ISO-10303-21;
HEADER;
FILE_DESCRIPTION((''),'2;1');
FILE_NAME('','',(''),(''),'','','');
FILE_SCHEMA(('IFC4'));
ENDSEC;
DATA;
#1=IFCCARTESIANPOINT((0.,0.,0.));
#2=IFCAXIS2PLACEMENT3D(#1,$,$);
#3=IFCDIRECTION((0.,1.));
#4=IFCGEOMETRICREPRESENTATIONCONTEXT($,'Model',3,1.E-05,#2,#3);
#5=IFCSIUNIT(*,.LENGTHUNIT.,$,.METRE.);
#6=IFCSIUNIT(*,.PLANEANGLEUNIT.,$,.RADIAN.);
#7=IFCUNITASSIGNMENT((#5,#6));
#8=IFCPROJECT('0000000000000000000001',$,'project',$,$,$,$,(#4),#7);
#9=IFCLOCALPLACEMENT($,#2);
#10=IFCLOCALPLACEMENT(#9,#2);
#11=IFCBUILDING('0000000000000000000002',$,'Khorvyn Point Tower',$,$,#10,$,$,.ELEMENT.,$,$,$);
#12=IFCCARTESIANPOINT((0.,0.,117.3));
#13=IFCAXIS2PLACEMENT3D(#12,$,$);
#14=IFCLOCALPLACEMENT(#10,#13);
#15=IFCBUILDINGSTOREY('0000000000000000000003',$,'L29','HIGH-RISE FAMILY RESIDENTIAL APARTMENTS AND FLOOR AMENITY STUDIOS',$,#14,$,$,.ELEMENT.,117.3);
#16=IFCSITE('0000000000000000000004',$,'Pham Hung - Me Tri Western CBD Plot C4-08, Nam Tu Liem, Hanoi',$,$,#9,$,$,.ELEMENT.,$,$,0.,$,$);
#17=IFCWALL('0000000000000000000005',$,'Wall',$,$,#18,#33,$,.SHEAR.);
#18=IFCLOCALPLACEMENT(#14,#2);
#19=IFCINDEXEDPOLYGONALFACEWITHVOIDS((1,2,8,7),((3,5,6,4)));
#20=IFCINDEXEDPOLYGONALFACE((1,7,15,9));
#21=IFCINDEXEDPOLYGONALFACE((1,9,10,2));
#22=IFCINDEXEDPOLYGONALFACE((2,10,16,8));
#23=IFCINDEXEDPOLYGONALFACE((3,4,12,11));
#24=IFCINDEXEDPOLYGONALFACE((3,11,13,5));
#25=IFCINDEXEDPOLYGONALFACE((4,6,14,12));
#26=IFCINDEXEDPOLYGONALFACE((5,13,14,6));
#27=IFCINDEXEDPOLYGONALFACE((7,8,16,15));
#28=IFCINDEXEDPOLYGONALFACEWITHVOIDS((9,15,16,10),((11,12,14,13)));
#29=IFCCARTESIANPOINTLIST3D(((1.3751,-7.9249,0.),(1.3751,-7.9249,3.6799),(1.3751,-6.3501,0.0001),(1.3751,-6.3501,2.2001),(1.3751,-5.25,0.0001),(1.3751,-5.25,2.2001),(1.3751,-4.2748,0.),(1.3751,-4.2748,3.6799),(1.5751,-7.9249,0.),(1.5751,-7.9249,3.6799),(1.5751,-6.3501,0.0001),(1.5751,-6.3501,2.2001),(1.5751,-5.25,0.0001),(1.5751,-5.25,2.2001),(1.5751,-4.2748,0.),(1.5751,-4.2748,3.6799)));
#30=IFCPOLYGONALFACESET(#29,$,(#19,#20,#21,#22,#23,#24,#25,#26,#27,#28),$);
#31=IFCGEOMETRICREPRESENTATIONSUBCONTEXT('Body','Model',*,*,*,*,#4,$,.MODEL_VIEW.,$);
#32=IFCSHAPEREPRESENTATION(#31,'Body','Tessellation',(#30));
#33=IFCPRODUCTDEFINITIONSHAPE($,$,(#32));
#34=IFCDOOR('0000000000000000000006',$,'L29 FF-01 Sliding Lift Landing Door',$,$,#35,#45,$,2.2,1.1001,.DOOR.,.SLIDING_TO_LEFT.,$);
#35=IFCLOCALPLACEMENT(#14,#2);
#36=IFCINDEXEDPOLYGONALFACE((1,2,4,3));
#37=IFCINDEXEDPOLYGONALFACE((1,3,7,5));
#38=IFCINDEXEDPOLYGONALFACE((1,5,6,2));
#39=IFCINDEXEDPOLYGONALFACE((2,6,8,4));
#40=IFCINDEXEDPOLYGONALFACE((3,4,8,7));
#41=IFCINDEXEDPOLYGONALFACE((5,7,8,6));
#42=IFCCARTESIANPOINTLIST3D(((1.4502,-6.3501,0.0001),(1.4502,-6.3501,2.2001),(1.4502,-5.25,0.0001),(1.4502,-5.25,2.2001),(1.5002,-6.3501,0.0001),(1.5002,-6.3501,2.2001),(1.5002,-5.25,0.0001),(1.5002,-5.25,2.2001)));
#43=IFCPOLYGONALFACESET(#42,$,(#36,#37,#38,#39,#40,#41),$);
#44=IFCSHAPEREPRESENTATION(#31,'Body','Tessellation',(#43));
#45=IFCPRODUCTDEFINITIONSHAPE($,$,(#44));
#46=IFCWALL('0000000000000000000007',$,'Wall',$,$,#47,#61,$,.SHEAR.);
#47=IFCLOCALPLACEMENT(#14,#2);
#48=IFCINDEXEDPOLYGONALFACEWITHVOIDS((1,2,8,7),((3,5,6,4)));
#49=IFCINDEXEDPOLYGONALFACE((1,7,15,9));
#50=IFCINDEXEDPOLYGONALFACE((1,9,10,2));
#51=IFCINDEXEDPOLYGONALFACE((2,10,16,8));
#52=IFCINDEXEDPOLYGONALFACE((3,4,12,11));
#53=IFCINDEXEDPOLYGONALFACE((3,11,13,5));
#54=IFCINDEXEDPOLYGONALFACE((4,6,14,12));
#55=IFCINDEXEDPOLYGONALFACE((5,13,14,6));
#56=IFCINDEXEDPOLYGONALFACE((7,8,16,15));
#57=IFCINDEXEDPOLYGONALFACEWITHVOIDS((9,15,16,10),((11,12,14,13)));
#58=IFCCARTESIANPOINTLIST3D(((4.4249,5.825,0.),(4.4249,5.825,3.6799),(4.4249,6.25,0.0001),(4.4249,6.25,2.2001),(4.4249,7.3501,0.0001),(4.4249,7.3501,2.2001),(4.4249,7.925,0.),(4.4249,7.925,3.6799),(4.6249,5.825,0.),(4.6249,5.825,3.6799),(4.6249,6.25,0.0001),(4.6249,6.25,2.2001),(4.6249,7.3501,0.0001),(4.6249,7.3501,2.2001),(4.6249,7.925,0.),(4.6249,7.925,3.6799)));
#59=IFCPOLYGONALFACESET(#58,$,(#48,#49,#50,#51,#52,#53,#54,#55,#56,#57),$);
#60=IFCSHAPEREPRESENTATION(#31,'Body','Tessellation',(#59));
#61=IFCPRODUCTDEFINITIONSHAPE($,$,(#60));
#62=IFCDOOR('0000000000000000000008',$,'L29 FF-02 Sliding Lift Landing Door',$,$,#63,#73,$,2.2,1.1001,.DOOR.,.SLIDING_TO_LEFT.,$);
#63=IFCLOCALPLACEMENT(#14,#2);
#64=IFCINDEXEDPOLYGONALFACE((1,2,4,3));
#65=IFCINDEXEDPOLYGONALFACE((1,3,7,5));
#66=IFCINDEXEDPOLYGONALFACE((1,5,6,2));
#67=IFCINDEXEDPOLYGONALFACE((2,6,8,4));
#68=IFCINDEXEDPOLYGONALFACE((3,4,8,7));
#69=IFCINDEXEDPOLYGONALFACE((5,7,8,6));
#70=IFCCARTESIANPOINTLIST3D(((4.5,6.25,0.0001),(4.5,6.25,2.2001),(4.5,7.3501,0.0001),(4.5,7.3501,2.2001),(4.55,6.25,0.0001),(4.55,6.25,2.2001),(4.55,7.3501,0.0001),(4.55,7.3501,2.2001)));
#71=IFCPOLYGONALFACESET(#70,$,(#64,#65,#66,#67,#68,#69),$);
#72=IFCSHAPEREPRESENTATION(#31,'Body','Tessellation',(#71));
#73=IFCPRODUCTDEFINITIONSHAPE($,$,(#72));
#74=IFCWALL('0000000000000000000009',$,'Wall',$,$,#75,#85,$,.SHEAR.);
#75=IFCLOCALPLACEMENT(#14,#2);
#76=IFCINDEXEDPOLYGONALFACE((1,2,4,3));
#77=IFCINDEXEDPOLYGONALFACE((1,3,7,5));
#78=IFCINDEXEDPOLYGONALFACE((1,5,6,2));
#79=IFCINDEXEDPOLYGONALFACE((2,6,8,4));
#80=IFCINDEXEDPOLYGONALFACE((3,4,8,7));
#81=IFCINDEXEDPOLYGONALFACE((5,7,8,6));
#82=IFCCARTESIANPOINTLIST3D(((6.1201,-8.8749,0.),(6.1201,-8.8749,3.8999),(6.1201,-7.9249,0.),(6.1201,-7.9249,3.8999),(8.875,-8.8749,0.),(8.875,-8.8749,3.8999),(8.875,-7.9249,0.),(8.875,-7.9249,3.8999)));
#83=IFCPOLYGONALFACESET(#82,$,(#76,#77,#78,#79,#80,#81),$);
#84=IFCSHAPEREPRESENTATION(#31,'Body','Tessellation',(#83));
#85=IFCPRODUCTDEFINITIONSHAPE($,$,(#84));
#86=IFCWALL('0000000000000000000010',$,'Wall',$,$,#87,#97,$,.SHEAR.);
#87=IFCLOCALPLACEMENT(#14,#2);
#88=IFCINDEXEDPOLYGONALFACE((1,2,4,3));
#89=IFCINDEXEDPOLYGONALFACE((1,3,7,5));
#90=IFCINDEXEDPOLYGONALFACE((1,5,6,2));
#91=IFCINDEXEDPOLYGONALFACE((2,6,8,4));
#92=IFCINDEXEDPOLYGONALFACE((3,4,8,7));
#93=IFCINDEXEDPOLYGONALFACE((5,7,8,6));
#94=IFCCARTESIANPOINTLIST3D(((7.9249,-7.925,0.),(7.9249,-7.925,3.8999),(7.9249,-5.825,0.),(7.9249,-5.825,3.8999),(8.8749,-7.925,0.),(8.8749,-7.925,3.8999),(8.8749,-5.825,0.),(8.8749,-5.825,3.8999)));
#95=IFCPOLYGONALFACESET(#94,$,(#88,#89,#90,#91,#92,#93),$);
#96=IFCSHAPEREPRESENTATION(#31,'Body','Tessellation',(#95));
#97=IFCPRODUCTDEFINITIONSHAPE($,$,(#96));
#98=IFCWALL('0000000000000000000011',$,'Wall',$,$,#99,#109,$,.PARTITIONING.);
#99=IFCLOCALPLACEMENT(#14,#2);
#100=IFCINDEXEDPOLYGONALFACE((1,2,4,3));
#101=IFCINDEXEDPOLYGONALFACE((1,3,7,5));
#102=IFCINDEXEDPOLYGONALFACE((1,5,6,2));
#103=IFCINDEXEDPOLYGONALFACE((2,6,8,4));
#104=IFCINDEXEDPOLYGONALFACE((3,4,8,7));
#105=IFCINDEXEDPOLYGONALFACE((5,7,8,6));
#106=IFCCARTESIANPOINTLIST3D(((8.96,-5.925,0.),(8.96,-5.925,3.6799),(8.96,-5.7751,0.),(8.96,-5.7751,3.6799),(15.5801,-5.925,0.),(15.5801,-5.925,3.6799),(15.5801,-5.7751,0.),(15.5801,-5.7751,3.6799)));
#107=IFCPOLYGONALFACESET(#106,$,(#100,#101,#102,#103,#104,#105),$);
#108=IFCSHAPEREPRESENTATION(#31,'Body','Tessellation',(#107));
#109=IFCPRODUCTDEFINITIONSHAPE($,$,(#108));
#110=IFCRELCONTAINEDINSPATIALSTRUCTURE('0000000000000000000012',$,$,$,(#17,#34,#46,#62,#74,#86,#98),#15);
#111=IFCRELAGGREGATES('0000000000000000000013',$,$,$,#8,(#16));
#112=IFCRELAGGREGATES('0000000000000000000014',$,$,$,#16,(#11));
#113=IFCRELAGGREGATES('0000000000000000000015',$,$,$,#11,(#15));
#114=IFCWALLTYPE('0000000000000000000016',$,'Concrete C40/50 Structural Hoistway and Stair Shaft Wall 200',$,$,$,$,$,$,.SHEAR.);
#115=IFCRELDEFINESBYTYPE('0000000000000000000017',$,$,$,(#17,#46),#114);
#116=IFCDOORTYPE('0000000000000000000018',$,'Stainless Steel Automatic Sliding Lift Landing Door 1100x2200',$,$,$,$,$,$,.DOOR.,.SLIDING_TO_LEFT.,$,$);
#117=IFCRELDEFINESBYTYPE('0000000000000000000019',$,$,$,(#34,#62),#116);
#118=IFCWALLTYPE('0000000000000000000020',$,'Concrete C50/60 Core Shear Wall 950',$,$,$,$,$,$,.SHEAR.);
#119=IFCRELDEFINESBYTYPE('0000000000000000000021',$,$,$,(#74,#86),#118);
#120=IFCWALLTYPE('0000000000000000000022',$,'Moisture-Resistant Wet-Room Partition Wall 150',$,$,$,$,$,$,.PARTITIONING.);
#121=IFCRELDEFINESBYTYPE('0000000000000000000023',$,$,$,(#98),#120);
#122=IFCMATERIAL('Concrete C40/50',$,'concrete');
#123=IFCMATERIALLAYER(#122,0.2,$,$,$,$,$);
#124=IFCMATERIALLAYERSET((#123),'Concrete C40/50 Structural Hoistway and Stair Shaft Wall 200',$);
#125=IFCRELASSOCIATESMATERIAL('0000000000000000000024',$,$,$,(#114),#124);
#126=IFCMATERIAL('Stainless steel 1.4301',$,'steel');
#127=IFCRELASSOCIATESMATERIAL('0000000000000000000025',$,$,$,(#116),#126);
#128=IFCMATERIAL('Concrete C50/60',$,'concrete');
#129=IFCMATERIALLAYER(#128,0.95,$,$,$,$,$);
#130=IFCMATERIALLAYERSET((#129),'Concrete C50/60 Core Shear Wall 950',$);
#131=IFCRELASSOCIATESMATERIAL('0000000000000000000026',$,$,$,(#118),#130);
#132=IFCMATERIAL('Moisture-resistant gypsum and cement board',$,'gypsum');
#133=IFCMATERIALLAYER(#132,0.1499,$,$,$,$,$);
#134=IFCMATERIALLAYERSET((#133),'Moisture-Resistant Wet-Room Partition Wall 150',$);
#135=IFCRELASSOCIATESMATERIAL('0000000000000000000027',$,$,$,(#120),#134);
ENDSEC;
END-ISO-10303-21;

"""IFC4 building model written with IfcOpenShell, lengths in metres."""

from ifc_helpers import new_model, si_unit, direction, frame, frame_2d, origin, place, context, subcontext, project, spatial, rectangle, extrude, material, layer, layer_set, type_object, element, fill, save


model = new_model("IFC4")

# Units and contexts
model_context = context("Model", 3, precision=1e-05, world=origin(), true_north=direction((0.0, 1.0)))
body_context = subcontext(model_context, "Body", "Model", "MODEL_VIEW")
ifc_project = project(units=[si_unit("LENGTHUNIT", "METRE"), si_unit("PLANEANGLEUNIT", "RADIAN")], contexts=[model_context])

# Site, building, storey
site_placement = place(None, origin())
site = spatial("IfcSite", under=ifc_project, at=site_placement, Name="Pham Hung - Me Tri Western CBD Plot C4-08, Nam Tu Liem, Hanoi", CompositionType="ELEMENT", RefElevation=0.0)
building_placement = place(site_placement, origin())
building = spatial("IfcBuilding", under=site, at=building_placement, Name="Khorvyn Point Tower", CompositionType="ELEMENT")
storey_placement = place(building_placement, frame((0.0, 0.0, 117.3)))
storey = spatial("IfcBuildingStorey", under=building, at=storey_placement, Name="L29", Description="HIGH-RISE FAMILY RESIDENTIAL APARTMENTS AND FLOOR AMENITY STUDIOS", CompositionType="ELEMENT", Elevation=117.3)

# Shared definitions
ifc_material_1 = material(Name="Concrete C40/50", Category="concrete")

# Shared definitions
ifc_material_2 = material(Name="Concrete C50/60", Category="concrete")

# Walls, openings, doors
ifc_layer_1 = layer(ifc_material_1, 0.2)
ifc_layer_set_1 = layer_set([ifc_layer_1], Name="Concrete C40/50 Structural Hoistway and Stair Shaft Wall 200")
wall_type_1 = type_object("IfcWallType", Name="Concrete C40/50 Structural Hoistway and Stair Shaft Wall 200", PredefinedType="SHEAR", material=ifc_layer_set_1)
ifc_material_3 = material(Name="Stainless steel 1.4301", Category="steel")
door_type_1 = type_object("IfcDoorType", Name="Stainless Steel Automatic Sliding Lift Landing Door 1100x2200", OperationType="SLIDING_TO_LEFT", PredefinedType="DOOR", material=ifc_material_3)
wall_1_placement = place(storey_placement, frame((1.4751, -7.925, 0.0), z_axis=(0.0, 0.0, 1.0), x_axis=(0.0, 1.0, 0.0)))
wall_1 = element("IfcWall", 1, at=wall_1_placement, inside=storey, type_object=wall_type_1, Name="Wall", PredefinedType="SHEAR", context=body_context, shape_type="SweptSolid", body=[
    extrude(rectangle(XDim=3.6501, YDim=0.2, at=frame_2d((1.8252, 0.0))), origin(), (0.0, 0.0, 1.0), 3.6799),
])
opening_1_placement = place(wall_1_placement, frame((1.575, 0.0, 0.0)))
opening_1 = element("IfcOpeningElement", 2, at=opening_1_placement, cuts=wall_1, PredefinedType="OPENING", context=body_context, shape_type="SweptSolid", body=[
    extrude(rectangle(XDim=1.1001, YDim=2.2, at=frame_2d((0.55, 1.1001))), frame((0.0, 0.1099, 0.0), z_axis=(0.0, -1.0, 0.0), x_axis=(1.0, 0.0, 0.0)), (0.0, 0.0, 1.0), 0.22),
])
door_1_placement = place(opening_1_placement, origin())
door_1 = element("IfcDoor", 3, at=door_1_placement, inside=storey, type_object=door_type_1, Name="L29 FF-01 Sliding Lift Landing Door", OperationType="SLIDING_TO_LEFT", OverallHeight=2.2, OverallWidth=1.1001, PredefinedType="DOOR", context=body_context, shape_type="SweptSolid", body=[
    extrude(rectangle(XDim=1.1001, YDim=2.2, at=frame_2d((0.55, 1.1001))), frame((0.0, 0.0249, 0.0), z_axis=(0.0, -1.0, 0.0), x_axis=(1.0, 0.0, 0.0)), (0.0, 0.0, 1.0), 0.05),
])
fill(opening_1, door_1)
wall_2_placement = place(storey_placement, frame((4.5249, 5.825, 0.0), z_axis=(0.0, 0.0, 1.0), x_axis=(0.0, 1.0, 0.0)))
wall_2 = element("IfcWall", 4, at=wall_2_placement, inside=storey, type_object=wall_type_1, Name="Wall", PredefinedType="SHEAR", context=body_context, shape_type="SweptSolid", body=[
    extrude(rectangle(XDim=2.1001, YDim=0.2, at=frame_2d((1.05, 0.0))), origin(), (0.0, 0.0, 1.0), 3.6799),
])
opening_2_placement = place(wall_2_placement, frame((0.425, 0.0, 0.0)))
opening_2 = element("IfcOpeningElement", 5, at=opening_2_placement, cuts=wall_2, PredefinedType="OPENING", context=body_context, shape_type="SweptSolid", body=[
    extrude(rectangle(XDim=1.1001, YDim=2.2, at=frame_2d((0.55, 1.1001))), frame((0.0, 0.1099, 0.0), z_axis=(0.0, -1.0, 0.0), x_axis=(1.0, 0.0, 0.0)), (0.0, 0.0, 1.0), 0.22),
])
door_2_placement = place(opening_2_placement, origin())
door_2 = element("IfcDoor", 6, at=door_2_placement, inside=storey, type_object=door_type_1, Name="L29 FF-02 Sliding Lift Landing Door", OperationType="SLIDING_TO_LEFT", OverallHeight=2.2, OverallWidth=1.1001, PredefinedType="DOOR", context=body_context, shape_type="SweptSolid", body=[
    extrude(rectangle(XDim=1.1001, YDim=2.2, at=frame_2d((0.55, 1.1001))), frame((0.0, 0.0249, 0.0), z_axis=(0.0, -1.0, 0.0), x_axis=(1.0, 0.0, 0.0)), (0.0, 0.0, 1.0), 0.05),
])
fill(opening_2, door_2)

# Walls
ifc_layer_2 = layer(ifc_material_2, 0.95)
ifc_layer_set_2 = layer_set([ifc_layer_2], Name="Concrete C50/60 Core Shear Wall 950")
wall_type_2 = type_object("IfcWallType", Name="Concrete C50/60 Core Shear Wall 950", PredefinedType="SHEAR", material=ifc_layer_set_2)
wall_3_placement = place(storey_placement, frame((6.1201, -8.3999, 0.0), z_axis=(0.0, 0.0, 1.0), x_axis=(1.0, 0.0, 0.0)))
element("IfcWall", 7, at=wall_3_placement, inside=storey, type_object=wall_type_2, Name="Wall", PredefinedType="SHEAR", context=body_context, shape_type="SweptSolid", body=[
    extrude(rectangle(XDim=2.7549, YDim=0.95, at=frame_2d((1.3774, 0.0))), origin(), (0.0, 0.0, 1.0), 3.8999),
])
wall_4_placement = place(storey_placement, frame((8.3999, -7.925, 0.0), z_axis=(0.0, 0.0, 1.0), x_axis=(0.0, 1.0, 0.0)))
element("IfcWall", 8, at=wall_4_placement, inside=storey, type_object=wall_type_2, Name="Wall", PredefinedType="SHEAR", context=body_context, shape_type="SweptSolid", body=[
    extrude(rectangle(XDim=2.1001, YDim=0.95, at=frame_2d((1.05, 0.0))), origin(), (0.0, 0.0, 1.0), 3.8999),
])
ifc_material_4 = material(Name="Moisture-resistant gypsum and cement board", Category="gypsum")
ifc_layer_3 = layer(ifc_material_4, 0.1499)
ifc_layer_set_3 = layer_set([ifc_layer_3], Name="Moisture-Resistant Wet-Room Partition Wall 150")
wall_type_3 = type_object("IfcWallType", Name="Moisture-Resistant Wet-Room Partition Wall 150", PredefinedType="PARTITIONING", material=ifc_layer_set_3)
wall_5_placement = place(storey_placement, frame((8.96, -5.8501, 0.0), z_axis=(0.0, 0.0, 1.0), x_axis=(1.0, 0.0, 0.0)))
element("IfcWall", 9, at=wall_5_placement, inside=storey, type_object=wall_type_3, Name="Wall", PredefinedType="PARTITIONING", context=body_context, shape_type="SweptSolid", body=[
    extrude(rectangle(XDim=6.6201, YDim=0.1499, at=frame_2d((3.3101, 0.0))), origin(), (0.0, 0.0, 1.0), 3.6799),
])

save(model, "model.ifc")
